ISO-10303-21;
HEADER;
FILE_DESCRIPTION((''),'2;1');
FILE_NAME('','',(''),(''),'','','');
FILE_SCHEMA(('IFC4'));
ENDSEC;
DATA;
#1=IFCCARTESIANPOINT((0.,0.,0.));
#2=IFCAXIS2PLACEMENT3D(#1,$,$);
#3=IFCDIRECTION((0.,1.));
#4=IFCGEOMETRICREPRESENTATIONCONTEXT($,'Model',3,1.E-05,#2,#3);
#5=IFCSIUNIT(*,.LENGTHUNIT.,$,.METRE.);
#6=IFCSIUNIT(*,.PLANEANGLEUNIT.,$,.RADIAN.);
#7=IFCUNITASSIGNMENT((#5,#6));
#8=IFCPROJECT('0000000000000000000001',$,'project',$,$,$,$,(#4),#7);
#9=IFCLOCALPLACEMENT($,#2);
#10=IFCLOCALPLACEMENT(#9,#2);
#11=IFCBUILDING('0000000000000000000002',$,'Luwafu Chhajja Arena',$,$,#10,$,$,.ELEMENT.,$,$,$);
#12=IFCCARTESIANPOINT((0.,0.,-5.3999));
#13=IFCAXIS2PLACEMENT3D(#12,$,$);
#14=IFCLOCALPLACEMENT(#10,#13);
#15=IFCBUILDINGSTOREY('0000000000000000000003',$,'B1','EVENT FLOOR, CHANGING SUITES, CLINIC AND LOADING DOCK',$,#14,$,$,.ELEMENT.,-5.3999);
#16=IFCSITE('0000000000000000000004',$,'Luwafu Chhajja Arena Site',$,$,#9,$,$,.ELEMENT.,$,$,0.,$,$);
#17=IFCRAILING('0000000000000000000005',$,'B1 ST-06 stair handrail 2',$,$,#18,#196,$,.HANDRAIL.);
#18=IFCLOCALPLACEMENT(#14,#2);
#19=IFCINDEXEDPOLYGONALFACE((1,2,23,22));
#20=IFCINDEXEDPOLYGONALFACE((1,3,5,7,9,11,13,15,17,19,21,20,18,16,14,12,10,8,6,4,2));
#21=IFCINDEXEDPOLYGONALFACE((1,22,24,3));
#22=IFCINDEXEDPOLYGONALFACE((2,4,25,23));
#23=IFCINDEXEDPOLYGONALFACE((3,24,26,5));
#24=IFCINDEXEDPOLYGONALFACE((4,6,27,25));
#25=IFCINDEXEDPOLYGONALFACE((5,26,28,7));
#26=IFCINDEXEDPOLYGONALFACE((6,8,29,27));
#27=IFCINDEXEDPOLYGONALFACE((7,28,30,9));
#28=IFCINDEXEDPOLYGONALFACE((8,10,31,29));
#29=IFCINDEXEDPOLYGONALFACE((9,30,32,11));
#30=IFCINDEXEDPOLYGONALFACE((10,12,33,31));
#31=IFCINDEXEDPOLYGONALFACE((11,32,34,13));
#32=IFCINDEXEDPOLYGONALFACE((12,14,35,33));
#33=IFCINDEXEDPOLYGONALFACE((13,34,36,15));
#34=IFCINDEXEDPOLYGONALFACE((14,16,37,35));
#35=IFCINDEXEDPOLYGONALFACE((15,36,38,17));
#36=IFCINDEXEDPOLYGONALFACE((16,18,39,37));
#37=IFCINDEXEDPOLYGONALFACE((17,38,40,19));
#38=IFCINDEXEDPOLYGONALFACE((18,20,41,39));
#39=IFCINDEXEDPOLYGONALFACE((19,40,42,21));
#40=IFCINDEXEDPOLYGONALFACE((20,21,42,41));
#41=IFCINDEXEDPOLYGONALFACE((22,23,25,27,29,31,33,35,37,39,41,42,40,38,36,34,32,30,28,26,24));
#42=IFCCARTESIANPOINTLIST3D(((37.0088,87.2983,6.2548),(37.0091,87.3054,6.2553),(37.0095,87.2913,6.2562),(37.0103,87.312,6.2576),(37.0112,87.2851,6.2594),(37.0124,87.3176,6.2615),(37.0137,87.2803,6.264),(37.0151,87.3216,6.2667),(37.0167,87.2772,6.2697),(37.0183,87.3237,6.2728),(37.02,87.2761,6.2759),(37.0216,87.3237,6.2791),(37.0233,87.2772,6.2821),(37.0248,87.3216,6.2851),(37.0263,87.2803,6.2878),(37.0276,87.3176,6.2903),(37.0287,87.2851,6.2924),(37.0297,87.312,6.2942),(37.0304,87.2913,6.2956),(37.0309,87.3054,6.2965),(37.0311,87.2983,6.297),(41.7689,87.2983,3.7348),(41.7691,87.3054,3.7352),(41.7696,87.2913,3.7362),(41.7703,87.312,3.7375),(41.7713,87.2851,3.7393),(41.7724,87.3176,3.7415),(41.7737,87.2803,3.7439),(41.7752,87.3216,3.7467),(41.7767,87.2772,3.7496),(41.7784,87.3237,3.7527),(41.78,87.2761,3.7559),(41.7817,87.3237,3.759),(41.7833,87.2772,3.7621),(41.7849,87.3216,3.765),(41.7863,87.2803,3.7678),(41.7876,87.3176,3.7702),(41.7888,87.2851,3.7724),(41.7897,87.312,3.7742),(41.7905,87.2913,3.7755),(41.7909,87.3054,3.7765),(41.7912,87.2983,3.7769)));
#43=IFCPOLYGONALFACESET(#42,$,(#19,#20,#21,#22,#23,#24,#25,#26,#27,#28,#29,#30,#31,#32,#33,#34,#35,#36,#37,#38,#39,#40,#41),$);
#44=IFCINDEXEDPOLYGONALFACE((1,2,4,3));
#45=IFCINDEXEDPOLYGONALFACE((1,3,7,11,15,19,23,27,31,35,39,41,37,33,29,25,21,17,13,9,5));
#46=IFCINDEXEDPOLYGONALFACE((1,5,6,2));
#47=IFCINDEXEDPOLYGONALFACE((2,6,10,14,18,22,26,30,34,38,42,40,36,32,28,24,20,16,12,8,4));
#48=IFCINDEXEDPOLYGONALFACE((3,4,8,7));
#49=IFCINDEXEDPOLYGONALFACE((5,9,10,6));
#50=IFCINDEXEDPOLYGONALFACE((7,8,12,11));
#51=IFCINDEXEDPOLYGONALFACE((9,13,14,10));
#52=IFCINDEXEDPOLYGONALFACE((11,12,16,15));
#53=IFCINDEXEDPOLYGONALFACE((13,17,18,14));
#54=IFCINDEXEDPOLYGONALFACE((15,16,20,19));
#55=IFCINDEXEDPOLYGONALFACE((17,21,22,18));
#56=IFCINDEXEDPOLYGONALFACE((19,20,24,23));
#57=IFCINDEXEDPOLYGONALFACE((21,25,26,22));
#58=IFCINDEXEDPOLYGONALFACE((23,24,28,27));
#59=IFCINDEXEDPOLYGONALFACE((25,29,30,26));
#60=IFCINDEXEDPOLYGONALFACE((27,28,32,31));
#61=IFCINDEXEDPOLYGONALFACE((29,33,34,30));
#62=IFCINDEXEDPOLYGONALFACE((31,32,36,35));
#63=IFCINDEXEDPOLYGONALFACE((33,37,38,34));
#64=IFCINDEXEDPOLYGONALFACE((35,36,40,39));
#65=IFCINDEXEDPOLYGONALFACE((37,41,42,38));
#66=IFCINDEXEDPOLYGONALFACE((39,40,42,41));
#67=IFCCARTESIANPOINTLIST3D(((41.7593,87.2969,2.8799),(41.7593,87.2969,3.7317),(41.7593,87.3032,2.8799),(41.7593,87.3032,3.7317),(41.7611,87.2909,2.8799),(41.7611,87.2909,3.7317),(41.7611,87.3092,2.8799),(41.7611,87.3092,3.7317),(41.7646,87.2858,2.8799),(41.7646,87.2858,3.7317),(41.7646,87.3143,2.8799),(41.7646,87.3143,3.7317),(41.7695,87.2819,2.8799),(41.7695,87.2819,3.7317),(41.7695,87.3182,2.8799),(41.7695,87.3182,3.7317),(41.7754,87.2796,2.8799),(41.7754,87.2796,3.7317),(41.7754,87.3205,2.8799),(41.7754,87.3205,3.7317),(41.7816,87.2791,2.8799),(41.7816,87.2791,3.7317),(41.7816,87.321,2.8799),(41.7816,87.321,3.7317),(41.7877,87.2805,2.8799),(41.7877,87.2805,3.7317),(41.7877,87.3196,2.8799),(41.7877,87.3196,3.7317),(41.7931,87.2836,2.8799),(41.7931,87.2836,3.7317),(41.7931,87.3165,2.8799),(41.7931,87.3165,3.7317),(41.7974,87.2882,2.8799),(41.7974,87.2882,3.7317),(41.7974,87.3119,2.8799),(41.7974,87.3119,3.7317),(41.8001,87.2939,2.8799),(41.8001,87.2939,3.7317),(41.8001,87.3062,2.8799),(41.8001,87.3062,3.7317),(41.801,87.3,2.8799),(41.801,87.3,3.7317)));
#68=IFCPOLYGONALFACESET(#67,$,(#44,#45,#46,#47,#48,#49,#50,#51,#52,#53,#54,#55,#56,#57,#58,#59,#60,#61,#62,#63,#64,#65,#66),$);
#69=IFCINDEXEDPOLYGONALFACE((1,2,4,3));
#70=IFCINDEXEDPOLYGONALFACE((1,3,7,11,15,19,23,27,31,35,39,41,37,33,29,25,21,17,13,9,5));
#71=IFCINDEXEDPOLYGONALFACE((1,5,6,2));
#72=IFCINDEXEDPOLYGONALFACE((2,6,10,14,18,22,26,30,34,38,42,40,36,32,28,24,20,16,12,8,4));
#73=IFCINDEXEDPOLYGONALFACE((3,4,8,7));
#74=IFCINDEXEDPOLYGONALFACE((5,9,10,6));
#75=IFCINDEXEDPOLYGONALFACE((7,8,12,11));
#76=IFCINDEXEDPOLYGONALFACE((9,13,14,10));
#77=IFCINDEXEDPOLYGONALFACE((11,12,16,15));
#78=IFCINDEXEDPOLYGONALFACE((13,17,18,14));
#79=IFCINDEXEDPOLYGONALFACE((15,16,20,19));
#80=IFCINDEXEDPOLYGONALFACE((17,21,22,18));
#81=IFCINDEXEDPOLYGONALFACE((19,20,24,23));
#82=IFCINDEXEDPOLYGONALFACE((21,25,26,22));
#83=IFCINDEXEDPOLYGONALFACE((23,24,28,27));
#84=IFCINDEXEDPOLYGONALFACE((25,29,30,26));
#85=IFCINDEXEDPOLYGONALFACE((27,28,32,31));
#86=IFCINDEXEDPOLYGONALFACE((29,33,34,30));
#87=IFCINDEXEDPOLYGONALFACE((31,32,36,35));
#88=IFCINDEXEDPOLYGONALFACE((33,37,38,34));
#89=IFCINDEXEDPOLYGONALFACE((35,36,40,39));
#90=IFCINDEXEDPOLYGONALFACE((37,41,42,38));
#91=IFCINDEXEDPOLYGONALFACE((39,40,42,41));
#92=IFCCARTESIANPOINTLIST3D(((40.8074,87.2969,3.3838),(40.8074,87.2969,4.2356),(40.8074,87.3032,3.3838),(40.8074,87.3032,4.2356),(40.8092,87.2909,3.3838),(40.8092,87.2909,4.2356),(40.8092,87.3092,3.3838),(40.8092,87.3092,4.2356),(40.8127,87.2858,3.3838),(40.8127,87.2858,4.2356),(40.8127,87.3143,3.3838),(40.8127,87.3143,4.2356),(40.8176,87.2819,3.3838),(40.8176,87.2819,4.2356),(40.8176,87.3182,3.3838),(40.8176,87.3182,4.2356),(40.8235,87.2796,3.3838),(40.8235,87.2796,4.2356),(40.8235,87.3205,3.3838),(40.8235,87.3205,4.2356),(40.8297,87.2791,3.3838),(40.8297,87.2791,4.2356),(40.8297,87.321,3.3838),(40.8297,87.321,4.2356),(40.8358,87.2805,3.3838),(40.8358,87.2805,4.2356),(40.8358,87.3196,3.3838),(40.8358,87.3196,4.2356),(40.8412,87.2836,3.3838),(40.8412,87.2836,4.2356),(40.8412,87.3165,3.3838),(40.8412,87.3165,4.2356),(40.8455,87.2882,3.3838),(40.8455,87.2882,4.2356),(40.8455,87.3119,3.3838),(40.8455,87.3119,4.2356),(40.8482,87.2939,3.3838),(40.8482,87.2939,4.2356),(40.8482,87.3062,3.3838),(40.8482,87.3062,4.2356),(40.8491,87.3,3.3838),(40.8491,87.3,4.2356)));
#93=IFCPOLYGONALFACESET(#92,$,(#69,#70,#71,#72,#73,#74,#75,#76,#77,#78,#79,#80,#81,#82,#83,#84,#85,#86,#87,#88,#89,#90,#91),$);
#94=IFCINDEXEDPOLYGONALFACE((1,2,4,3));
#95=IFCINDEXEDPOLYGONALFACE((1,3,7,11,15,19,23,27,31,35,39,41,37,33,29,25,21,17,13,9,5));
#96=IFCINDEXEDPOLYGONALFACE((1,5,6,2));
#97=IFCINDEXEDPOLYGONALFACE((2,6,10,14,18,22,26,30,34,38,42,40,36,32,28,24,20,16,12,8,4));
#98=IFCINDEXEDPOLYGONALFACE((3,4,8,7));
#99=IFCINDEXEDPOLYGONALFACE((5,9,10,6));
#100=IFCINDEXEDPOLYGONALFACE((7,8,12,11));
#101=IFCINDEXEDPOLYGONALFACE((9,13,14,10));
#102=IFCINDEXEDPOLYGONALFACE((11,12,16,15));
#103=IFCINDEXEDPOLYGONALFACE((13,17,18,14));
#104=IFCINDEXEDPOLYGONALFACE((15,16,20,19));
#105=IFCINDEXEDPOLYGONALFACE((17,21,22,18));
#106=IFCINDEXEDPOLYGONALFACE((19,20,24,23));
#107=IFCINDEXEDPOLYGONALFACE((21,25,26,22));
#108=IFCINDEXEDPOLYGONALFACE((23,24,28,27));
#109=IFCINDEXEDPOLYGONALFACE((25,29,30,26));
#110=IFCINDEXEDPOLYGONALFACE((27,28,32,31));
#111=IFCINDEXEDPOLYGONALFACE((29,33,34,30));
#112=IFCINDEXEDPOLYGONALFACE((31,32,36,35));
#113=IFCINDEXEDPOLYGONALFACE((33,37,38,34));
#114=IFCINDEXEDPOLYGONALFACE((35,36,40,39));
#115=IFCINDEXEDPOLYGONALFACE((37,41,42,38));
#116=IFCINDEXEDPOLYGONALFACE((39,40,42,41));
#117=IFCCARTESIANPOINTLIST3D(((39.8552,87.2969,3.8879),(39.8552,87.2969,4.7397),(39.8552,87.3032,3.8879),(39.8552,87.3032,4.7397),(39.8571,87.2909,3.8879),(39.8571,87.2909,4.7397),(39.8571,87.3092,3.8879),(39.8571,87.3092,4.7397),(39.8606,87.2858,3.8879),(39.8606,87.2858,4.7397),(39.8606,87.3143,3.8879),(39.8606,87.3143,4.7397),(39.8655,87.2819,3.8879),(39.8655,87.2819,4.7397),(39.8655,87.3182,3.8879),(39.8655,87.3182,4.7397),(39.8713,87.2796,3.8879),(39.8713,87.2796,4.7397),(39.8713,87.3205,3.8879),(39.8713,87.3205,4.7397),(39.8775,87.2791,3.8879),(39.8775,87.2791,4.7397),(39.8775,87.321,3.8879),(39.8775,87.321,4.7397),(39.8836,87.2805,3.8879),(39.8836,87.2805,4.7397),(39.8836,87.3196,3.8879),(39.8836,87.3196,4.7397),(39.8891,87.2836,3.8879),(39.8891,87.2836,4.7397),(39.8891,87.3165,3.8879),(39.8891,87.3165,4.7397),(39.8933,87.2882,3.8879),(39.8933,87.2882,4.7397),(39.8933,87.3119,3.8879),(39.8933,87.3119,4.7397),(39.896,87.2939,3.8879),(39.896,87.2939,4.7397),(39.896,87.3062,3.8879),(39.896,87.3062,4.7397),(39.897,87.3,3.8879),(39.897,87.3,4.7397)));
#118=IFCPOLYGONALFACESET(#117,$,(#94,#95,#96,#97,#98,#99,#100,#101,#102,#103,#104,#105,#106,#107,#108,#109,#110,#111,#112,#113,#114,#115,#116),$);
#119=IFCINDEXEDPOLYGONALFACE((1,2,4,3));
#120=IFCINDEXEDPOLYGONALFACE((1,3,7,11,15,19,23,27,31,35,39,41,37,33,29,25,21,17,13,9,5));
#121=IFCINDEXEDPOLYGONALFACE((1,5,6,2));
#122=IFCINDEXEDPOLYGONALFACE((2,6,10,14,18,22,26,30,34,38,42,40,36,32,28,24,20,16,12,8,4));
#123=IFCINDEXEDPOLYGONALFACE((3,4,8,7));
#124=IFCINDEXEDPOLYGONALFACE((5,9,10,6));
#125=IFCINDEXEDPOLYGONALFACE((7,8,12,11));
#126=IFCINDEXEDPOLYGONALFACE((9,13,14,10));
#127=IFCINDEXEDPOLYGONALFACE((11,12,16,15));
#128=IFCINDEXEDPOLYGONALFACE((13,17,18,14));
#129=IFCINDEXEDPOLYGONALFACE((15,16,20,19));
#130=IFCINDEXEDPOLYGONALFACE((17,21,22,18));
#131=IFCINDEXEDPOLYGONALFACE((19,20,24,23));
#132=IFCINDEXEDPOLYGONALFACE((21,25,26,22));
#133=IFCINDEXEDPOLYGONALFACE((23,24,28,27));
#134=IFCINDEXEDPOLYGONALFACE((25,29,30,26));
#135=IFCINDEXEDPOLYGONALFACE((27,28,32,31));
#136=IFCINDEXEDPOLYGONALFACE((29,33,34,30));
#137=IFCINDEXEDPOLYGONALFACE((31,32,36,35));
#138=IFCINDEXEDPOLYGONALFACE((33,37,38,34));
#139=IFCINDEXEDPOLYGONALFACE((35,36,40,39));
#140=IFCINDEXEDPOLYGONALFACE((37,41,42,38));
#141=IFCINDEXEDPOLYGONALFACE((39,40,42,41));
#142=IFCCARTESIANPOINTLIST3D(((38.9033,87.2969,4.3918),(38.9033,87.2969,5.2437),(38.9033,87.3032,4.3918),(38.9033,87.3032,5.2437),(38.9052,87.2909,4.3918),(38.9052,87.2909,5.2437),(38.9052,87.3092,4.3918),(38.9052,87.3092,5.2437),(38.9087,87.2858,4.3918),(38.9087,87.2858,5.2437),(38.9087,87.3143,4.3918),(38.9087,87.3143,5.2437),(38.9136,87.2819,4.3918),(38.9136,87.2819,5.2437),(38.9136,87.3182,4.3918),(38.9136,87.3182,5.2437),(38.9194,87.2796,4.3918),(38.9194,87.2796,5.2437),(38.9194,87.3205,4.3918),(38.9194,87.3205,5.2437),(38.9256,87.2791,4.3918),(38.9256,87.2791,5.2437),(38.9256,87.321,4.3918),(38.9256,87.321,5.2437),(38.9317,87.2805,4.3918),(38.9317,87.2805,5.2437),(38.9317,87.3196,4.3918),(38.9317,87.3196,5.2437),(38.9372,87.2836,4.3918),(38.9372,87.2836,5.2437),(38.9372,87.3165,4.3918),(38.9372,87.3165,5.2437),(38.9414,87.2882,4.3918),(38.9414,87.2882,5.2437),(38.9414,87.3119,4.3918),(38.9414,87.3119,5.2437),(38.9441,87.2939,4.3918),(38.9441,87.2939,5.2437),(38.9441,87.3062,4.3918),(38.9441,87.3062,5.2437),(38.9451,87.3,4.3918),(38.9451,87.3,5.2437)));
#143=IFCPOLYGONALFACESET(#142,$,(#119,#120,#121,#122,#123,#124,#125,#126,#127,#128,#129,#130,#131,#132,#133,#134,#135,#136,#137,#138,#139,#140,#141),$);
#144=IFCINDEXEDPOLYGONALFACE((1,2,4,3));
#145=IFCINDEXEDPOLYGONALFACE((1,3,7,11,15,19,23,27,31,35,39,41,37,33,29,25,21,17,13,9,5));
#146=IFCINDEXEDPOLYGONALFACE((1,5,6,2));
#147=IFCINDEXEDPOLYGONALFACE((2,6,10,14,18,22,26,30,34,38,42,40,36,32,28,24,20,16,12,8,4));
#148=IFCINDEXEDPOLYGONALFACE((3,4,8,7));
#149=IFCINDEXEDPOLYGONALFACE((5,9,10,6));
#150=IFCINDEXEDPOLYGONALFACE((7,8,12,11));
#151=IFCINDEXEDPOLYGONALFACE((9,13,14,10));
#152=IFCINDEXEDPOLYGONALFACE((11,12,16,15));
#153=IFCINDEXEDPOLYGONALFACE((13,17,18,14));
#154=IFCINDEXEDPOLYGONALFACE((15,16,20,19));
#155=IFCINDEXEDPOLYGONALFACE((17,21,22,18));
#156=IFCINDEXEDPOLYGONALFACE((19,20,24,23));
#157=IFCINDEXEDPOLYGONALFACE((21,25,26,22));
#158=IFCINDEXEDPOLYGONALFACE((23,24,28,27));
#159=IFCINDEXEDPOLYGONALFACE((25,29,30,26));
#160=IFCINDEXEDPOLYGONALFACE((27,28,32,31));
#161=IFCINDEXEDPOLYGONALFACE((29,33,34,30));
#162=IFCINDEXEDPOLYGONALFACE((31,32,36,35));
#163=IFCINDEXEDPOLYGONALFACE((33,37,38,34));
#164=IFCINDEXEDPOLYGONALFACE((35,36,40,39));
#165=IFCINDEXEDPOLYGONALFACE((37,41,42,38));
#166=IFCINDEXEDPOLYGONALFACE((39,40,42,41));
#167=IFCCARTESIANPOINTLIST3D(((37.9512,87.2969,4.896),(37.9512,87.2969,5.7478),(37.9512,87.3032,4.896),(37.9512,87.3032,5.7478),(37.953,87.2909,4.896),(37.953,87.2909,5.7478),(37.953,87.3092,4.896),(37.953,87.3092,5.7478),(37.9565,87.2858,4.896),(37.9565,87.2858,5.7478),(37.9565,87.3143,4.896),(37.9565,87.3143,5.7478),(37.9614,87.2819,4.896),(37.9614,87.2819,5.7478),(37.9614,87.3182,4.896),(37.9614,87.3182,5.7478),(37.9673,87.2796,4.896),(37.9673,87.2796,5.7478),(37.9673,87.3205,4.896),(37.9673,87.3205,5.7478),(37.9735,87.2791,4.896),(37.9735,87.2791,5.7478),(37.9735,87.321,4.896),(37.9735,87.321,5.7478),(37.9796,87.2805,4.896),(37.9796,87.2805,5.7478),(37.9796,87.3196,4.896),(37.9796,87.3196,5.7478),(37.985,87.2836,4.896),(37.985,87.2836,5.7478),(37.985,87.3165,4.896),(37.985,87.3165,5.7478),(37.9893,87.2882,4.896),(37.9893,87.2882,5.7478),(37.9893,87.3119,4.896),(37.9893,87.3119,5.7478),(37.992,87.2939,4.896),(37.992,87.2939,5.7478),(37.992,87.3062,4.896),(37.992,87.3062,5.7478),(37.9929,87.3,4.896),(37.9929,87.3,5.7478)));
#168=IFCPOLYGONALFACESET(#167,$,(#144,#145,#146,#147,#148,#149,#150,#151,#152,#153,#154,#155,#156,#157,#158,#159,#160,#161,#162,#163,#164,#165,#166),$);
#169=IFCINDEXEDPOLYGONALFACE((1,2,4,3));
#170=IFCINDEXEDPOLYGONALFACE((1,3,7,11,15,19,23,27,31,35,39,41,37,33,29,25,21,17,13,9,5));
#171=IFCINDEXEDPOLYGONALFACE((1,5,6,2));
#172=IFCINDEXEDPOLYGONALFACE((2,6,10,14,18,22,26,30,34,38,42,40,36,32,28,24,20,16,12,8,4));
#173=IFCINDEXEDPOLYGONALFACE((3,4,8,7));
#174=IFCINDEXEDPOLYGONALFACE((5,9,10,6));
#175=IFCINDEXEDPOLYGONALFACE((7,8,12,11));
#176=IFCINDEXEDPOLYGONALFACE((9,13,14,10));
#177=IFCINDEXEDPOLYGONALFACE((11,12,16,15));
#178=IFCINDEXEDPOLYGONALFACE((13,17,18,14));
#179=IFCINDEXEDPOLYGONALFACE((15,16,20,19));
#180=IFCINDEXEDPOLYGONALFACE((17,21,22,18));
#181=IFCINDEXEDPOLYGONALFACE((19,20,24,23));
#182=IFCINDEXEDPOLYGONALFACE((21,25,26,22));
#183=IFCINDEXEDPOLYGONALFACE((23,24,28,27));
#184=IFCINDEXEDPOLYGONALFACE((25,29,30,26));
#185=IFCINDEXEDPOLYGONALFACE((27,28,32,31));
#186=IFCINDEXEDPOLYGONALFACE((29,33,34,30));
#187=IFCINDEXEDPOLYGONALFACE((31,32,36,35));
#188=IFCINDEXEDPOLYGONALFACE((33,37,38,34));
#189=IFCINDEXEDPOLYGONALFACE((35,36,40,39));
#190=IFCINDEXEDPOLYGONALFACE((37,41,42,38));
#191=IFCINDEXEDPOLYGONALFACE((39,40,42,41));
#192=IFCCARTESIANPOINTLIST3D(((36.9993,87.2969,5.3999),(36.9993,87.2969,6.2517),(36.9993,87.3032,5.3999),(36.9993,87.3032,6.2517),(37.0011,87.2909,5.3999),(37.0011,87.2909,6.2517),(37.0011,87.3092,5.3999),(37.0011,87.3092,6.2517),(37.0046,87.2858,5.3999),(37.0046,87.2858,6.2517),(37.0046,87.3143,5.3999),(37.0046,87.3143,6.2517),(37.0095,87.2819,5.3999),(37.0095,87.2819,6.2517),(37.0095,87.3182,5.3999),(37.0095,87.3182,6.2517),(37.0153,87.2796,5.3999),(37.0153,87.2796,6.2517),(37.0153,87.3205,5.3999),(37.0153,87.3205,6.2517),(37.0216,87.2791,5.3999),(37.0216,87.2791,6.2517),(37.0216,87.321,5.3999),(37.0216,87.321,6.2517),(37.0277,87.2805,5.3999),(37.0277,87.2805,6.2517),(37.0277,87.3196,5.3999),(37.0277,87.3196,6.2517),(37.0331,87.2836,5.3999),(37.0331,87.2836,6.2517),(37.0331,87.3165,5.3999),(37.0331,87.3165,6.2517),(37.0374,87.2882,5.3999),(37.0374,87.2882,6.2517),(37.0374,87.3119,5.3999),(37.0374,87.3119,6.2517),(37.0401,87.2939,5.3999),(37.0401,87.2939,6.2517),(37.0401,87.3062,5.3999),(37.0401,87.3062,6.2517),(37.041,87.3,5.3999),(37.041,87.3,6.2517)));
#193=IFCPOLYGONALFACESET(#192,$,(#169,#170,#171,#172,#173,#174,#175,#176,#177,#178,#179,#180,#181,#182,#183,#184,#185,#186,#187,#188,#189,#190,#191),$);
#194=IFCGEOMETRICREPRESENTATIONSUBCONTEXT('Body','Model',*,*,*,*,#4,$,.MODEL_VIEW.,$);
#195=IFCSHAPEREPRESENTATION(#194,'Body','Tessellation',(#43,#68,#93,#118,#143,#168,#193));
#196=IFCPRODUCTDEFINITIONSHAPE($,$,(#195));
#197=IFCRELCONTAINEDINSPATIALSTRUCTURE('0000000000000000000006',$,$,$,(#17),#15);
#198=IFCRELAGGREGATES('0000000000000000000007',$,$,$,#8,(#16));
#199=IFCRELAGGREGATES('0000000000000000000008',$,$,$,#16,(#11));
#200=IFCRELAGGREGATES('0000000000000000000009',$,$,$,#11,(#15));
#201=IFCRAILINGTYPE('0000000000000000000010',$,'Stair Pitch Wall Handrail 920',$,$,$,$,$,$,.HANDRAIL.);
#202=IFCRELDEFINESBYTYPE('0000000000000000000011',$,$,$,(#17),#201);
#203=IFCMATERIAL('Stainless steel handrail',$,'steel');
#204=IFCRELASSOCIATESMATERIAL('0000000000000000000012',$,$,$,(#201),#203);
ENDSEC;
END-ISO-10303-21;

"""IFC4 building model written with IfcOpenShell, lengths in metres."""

from ifc_helpers import new_model, si_unit, direction, frame, origin, origin_2d, place, context, subcontext, project, spatial, circle, extrude, material, type_object, element, save


model = new_model("IFC4")

# Units and contexts
model_context = context("Model", 3, precision=1e-05, world=origin(), true_north=direction((0.0, 1.0)))
body_context = subcontext(model_context, "Body", "Model", "MODEL_VIEW")
ifc_project = project(units=[si_unit("LENGTHUNIT", "METRE"), si_unit("PLANEANGLEUNIT", "RADIAN")], contexts=[model_context])

# Site, building, storey
site_placement = place(None, origin())
site = spatial("IfcSite", under=ifc_project, at=site_placement, Name="Luwafu Chhajja Arena Site", CompositionType="ELEMENT", RefElevation=0.0)
building_placement = place(site_placement, origin())
building = spatial("IfcBuilding", under=site, at=building_placement, Name="Luwafu Chhajja Arena", CompositionType="ELEMENT")
storey_placement = place(building_placement, frame((0.0, 0.0, -5.3999)))
storey = spatial("IfcBuildingStorey", under=building, at=storey_placement, Name="B1", Description="EVENT FLOOR, CHANGING SUITES, CLINIC AND LOADING DOCK", CompositionType="ELEMENT", Elevation=-5.3999)

# Railing
ifc_material_1 = material(Name="Stainless steel handrail", Category="steel")
railing_type_1 = type_object("IfcRailingType", Name="Stair Pitch Wall Handrail 920", PredefinedType="HANDRAIL", material=ifc_material_1)
railing_1_placement = place(storey_placement, frame((41.78, 87.3, 2.8799)))
element("IfcRailing", 1, at=railing_1_placement, inside=storey, type_object=railing_type_1, Name="B1 ST-06 stair handrail 2", PredefinedType="HANDRAIL", context=body_context, shape_type="SweptSolid", body=[
    extrude(circle(Radius=0.0239, at=origin_2d()), frame((0.0, 0.0, 0.876), z_axis=(-0.883787, 0.0, 0.46789), x_axis=(0.0, -1.0, 0.0)), (0.0, 0.0, 1.0), 5.386),
    extrude(circle(Radius=0.021, at=origin_2d()), origin(), (0.0, 0.0, 1.0), 0.8518),
    extrude(circle(Radius=0.021, at=origin_2d()), frame((-0.9519, 0.0, 0.5039)), (0.0, 0.0, 1.0), 0.8518),
    extrude(circle(Radius=0.021, at=origin_2d()), frame((-1.9041, 0.0, 1.0081)), (0.0, 0.0, 1.0), 0.8518),
    extrude(circle(Radius=0.021, at=origin_2d()), frame((-2.856, 0.0, 1.512)), (0.0, 0.0, 1.0), 0.8518),
    extrude(circle(Radius=0.021, at=origin_2d()), frame((-3.8081, 0.0, 2.0161)), (0.0, 0.0, 1.0), 0.8518),
    extrude(circle(Radius=0.021, at=origin_2d()), frame((-4.76, 0.0, 2.52)), (0.0, 0.0, 1.0), 0.8518),
])

save(model, "model.ifc")
